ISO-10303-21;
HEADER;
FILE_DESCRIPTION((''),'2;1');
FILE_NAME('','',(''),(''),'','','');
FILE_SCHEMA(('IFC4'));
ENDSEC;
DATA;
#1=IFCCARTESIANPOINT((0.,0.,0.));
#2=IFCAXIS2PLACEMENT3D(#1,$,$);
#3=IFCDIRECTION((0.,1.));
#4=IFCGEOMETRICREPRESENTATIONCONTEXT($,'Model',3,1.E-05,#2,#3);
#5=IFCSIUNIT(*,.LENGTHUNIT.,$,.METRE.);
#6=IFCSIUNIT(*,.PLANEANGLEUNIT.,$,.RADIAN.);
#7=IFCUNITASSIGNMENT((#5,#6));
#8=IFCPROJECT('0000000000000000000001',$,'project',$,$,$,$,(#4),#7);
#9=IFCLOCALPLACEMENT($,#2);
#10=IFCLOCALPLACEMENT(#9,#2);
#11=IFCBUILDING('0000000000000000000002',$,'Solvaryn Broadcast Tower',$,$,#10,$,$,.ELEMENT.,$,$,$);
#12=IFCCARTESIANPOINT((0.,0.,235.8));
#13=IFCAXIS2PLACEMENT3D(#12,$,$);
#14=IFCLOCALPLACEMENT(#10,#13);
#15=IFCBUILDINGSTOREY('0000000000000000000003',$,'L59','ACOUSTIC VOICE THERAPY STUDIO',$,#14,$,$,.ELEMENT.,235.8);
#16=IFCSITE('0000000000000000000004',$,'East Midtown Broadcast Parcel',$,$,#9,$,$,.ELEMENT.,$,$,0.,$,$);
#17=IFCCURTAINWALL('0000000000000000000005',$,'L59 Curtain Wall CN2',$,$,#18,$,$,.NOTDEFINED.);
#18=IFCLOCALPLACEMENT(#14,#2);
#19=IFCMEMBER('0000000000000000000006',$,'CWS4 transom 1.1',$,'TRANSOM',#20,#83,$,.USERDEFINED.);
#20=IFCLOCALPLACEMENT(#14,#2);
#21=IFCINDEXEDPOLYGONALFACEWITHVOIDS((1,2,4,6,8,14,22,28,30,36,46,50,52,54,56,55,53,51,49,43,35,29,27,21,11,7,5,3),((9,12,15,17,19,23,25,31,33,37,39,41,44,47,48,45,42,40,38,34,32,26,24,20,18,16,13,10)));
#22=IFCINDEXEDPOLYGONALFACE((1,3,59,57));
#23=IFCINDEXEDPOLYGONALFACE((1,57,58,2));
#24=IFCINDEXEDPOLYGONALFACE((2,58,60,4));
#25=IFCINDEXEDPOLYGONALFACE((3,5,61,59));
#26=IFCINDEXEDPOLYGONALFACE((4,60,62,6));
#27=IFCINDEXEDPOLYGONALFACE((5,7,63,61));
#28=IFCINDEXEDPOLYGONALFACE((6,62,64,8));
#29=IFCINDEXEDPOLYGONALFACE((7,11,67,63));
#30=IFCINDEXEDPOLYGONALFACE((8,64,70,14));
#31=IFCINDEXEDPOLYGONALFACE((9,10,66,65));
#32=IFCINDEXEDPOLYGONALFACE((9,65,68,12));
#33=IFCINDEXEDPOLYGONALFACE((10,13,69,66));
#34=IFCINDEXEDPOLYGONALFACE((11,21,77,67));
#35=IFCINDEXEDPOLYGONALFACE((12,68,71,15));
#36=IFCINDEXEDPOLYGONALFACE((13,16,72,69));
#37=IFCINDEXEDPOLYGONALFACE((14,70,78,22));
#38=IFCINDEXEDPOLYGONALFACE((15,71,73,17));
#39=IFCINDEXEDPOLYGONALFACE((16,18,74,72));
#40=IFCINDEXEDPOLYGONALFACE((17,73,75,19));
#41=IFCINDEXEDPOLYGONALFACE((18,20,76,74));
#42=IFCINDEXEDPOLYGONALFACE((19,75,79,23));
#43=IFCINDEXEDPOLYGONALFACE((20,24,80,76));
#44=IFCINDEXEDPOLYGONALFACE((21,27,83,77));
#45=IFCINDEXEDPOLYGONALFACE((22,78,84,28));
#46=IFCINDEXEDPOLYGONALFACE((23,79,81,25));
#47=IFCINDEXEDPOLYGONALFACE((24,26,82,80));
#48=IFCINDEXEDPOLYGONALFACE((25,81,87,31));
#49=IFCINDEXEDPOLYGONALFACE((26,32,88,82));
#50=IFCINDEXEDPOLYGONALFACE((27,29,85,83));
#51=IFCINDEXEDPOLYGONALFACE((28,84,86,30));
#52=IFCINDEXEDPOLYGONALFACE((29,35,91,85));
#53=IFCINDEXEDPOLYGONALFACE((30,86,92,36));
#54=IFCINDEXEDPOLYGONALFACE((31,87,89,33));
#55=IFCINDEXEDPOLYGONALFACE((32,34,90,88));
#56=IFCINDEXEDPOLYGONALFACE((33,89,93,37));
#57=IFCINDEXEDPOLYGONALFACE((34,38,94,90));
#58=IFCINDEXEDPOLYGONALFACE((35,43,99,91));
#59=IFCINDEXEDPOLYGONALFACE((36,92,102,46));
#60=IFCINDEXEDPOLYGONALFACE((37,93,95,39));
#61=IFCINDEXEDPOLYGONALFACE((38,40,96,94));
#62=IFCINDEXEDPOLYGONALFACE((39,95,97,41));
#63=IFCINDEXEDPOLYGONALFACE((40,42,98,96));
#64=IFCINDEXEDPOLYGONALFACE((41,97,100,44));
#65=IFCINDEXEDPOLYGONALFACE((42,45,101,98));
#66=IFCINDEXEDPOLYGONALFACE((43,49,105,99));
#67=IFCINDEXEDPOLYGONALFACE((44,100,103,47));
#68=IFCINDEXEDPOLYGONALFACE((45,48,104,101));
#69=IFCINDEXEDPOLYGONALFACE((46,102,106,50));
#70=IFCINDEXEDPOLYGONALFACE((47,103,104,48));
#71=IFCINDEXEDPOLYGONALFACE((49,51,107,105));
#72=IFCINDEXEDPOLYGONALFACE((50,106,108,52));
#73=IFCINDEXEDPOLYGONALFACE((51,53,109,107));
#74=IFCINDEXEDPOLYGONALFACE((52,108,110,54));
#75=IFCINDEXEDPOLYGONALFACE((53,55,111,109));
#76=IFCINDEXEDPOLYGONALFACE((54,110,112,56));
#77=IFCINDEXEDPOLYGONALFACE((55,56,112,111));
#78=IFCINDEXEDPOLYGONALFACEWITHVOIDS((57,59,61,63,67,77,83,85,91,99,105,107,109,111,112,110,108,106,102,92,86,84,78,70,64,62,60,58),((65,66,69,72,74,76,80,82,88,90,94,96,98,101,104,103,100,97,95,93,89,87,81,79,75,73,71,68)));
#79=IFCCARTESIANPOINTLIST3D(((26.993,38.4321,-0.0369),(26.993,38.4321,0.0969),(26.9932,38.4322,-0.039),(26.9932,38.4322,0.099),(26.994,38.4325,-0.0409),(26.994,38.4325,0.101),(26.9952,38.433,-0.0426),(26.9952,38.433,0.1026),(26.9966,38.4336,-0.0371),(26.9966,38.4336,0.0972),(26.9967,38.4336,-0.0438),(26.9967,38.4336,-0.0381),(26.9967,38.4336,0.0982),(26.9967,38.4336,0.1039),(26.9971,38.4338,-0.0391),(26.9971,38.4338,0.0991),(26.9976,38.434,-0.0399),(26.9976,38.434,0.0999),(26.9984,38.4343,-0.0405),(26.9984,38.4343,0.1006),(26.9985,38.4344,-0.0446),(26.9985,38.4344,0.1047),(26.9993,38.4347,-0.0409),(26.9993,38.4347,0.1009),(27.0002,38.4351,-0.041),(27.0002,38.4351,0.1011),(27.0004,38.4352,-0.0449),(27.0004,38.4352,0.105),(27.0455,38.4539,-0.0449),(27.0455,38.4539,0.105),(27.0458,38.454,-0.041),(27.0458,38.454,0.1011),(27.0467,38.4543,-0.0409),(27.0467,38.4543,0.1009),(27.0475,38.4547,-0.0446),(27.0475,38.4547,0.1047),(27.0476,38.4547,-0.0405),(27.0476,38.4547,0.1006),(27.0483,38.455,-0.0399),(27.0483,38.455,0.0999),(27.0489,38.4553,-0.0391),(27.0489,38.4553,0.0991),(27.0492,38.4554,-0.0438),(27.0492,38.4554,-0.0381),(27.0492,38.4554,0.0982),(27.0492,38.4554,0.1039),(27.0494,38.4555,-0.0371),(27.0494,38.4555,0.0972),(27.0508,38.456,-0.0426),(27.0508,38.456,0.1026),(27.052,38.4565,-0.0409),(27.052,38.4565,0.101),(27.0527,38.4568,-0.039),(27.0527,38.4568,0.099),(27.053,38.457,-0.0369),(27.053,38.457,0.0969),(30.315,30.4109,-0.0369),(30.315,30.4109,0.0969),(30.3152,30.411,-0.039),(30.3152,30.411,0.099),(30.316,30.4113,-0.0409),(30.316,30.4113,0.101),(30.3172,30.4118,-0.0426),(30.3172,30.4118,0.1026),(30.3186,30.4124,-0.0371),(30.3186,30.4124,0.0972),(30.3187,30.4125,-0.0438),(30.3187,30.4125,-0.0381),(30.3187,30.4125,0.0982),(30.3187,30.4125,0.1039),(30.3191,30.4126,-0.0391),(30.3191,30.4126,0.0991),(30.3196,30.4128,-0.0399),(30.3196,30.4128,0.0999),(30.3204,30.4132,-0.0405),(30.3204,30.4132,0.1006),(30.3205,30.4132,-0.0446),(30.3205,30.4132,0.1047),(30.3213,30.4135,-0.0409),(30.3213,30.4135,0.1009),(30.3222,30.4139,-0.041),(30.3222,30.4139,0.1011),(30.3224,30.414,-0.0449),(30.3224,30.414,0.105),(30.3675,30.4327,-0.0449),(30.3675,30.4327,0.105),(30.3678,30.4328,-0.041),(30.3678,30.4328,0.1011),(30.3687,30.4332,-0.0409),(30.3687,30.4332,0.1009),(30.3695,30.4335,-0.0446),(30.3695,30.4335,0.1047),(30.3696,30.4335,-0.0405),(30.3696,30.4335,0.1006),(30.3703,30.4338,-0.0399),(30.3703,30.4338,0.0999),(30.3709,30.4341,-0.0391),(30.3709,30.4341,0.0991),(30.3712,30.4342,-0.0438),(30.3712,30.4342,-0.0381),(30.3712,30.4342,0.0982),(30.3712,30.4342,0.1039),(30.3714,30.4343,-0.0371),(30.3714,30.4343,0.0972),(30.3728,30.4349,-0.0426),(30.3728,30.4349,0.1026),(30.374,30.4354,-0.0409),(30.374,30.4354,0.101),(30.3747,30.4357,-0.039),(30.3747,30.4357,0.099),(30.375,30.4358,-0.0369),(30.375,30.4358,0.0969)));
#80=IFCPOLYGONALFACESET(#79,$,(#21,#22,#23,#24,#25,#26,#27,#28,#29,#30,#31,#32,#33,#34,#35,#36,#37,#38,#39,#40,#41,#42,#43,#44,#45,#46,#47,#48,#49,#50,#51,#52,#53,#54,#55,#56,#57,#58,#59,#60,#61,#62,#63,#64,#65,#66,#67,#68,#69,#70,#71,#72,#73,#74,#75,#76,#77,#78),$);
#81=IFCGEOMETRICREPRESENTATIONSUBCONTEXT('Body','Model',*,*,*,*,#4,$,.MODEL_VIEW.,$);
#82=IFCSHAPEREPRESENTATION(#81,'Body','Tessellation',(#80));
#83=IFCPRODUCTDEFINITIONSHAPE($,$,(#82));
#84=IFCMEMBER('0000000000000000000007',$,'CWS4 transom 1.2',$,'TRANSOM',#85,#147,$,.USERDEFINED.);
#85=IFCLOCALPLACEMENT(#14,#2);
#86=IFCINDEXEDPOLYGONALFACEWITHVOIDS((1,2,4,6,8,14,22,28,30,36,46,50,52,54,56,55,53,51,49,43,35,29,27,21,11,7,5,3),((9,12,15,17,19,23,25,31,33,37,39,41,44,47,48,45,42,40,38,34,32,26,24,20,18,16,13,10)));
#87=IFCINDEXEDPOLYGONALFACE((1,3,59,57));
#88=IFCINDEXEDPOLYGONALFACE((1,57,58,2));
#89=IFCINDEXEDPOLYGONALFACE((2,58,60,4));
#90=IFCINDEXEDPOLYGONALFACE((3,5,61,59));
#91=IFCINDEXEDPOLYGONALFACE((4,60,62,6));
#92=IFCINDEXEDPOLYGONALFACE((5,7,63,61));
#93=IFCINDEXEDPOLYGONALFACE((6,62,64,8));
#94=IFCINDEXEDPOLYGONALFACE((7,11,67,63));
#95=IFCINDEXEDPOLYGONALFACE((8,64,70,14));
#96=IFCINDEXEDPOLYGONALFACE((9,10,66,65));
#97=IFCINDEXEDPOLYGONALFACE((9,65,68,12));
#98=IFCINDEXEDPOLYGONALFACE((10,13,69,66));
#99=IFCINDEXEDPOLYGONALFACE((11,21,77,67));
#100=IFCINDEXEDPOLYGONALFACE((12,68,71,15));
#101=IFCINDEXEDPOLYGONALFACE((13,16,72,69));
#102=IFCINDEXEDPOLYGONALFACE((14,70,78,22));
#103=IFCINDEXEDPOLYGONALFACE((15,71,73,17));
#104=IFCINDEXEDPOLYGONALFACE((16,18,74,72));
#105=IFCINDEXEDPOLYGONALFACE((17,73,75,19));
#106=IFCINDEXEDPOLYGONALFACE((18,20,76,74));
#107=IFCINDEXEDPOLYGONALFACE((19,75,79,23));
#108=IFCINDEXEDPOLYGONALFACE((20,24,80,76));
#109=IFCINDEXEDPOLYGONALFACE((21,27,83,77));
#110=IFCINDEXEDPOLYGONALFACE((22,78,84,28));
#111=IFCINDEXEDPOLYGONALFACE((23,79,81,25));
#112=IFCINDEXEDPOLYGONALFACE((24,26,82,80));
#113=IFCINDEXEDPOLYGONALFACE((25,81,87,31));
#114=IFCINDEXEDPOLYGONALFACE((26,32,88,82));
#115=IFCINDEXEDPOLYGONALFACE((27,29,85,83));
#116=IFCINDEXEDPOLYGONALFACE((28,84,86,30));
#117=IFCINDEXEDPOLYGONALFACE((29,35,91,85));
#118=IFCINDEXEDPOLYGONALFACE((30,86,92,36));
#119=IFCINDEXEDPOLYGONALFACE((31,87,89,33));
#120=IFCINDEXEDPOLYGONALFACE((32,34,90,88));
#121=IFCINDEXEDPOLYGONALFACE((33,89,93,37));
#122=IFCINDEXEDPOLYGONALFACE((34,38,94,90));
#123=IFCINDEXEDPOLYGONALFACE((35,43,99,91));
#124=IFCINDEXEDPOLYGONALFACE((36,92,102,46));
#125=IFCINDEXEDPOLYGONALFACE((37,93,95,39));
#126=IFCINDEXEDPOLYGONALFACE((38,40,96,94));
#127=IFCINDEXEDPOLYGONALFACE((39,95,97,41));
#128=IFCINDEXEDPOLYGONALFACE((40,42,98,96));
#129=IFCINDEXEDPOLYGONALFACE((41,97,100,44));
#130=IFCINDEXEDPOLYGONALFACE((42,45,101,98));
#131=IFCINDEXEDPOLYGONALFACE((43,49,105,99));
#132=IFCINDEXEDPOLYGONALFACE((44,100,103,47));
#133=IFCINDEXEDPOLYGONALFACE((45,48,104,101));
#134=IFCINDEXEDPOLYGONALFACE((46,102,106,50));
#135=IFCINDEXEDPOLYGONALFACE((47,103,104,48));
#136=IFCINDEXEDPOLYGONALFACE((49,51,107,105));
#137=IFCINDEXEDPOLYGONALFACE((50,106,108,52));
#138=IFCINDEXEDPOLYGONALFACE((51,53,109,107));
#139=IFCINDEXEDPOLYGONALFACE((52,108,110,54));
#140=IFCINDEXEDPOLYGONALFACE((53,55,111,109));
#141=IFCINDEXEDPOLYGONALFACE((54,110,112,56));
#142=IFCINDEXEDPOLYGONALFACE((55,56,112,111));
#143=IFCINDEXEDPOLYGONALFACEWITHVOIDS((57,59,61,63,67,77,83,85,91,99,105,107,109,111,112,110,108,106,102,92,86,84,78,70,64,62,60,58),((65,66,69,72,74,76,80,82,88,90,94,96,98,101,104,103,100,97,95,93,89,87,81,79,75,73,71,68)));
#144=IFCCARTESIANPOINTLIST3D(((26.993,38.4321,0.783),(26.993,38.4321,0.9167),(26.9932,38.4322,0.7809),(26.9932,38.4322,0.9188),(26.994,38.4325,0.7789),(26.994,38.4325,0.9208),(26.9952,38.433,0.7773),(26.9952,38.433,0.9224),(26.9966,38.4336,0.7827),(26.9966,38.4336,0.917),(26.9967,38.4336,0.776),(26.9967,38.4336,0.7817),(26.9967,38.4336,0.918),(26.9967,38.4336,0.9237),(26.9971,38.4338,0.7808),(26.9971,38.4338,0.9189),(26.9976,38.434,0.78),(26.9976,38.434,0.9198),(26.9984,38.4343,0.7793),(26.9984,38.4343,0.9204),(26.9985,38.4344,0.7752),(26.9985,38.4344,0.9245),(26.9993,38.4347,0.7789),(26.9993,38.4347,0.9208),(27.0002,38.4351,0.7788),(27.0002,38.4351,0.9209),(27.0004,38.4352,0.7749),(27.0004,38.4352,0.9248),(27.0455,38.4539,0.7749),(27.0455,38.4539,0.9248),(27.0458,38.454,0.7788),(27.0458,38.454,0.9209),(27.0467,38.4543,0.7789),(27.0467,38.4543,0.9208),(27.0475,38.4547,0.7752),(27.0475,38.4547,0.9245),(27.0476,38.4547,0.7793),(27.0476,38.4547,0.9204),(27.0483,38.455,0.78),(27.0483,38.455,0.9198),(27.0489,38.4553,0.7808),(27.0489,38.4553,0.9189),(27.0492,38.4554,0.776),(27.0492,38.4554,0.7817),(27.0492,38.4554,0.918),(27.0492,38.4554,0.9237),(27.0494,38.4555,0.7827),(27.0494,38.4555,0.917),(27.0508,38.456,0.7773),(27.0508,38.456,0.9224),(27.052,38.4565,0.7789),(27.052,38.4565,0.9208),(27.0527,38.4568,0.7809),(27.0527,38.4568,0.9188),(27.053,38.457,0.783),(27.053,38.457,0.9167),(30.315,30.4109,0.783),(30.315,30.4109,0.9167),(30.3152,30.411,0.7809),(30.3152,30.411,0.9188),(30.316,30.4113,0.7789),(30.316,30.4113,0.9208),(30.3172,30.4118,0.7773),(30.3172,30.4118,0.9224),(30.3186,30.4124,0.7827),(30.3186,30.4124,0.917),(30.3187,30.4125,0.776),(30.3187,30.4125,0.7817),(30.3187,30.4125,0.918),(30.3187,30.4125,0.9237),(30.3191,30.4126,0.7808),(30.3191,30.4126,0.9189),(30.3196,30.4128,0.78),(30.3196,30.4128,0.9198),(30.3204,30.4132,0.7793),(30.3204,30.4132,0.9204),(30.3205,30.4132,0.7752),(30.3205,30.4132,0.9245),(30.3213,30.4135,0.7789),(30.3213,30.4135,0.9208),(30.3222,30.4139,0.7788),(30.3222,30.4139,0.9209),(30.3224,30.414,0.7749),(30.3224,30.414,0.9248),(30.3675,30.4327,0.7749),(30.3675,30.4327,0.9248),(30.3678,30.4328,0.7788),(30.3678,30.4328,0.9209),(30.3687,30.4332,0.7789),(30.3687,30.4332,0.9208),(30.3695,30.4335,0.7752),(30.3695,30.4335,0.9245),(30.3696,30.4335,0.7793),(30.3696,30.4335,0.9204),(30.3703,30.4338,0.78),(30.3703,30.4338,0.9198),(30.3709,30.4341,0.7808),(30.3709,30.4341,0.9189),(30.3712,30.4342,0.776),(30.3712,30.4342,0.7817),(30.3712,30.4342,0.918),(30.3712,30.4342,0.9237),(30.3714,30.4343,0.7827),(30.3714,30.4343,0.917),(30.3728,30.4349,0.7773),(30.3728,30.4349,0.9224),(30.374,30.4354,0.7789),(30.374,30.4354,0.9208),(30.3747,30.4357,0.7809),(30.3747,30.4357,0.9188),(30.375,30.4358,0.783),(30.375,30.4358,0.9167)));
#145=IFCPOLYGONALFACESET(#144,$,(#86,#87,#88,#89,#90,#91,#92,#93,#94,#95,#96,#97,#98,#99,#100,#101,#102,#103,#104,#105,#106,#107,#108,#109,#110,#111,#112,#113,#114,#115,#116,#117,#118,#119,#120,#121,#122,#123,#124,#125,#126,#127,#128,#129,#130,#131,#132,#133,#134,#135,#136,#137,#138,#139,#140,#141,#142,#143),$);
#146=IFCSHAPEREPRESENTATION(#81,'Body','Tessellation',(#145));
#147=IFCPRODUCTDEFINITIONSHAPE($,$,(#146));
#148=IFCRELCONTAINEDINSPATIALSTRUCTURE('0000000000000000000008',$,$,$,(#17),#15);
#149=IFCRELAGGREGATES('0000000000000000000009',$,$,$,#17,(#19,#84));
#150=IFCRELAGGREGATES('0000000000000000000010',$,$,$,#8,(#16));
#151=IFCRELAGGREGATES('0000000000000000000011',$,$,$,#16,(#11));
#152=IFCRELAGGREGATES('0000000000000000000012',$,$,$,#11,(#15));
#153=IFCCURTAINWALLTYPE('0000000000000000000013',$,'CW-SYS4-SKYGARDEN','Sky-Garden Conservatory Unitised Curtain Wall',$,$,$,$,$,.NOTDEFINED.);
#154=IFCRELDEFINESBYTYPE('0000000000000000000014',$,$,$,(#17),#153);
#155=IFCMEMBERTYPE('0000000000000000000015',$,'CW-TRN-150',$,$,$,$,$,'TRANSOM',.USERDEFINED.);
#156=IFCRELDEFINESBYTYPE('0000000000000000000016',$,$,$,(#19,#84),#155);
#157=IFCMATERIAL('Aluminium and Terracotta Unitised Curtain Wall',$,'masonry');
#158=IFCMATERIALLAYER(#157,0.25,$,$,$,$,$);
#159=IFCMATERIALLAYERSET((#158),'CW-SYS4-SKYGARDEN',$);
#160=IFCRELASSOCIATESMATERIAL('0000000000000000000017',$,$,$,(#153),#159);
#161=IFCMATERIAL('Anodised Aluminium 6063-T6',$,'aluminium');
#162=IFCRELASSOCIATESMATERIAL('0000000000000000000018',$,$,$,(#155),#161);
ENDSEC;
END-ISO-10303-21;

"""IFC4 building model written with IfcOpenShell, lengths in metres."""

from ifc_helpers import new_model, si_unit, direction, frame, origin, origin_2d, place, context, subcontext, project, spatial, hollow_rectangle, extrude, material, layer, layer_set, material_profile, profile_set, type_object, element, aggregate, save


model = new_model("IFC4")

# Units and contexts
model_context = context("Model", 3, precision=1e-05, world=origin(), true_north=direction((0.0, 1.0)))
body_context = subcontext(model_context, "Body", "Model", "MODEL_VIEW")
ifc_project = project(units=[si_unit("LENGTHUNIT", "METRE"), si_unit("PLANEANGLEUNIT", "RADIAN")], contexts=[model_context])

# Site, building, storey
site_placement = place(None, origin())
site = spatial("IfcSite", under=ifc_project, at=site_placement, Name="East Midtown Broadcast Parcel", CompositionType="ELEMENT", RefElevation=0.0)
building_placement = place(site_placement, origin())
building = spatial("IfcBuilding", under=site, at=building_placement, Name="Solvaryn Broadcast Tower", CompositionType="ELEMENT")
storey_placement = place(building_placement, frame((0.0, 0.0, 235.8)))
storey = spatial("IfcBuildingStorey", under=building, at=storey_placement, Name="L59", Description="ACOUSTIC VOICE THERAPY STUDIO", CompositionType="ELEMENT", Elevation=235.8)

# Shared definitions
ifc_material_1 = material(Name="Aluminium and Terracotta Unitised Curtain Wall", Category="masonry")
ifc_layer_1 = layer(ifc_material_1, 0.25)
ifc_layer_set_1 = layer_set([ifc_layer_1], Name="CW-SYS4-SKYGARDEN")
curtain_wall_type = type_object("IfcCurtainWallType", Name="CW-SYS4-SKYGARDEN", Description="Sky-Garden Conservatory Unitised Curtain Wall", PredefinedType="NOTDEFINED", material=ifc_layer_set_1)

# Curtain wall, members
curtain_wall_1_placement = place(storey_placement, origin())
curtain_wall_1 = element("IfcCurtainWall", 1, at=curtain_wall_1_placement, inside=storey, type_object=curtain_wall_type, Name="L59 Curtain Wall CN2", PredefinedType="NOTDEFINED")
ifc_material_2 = material(Name="Anodised Aluminium 6063-T6", Category="aluminium")
ifc_material_profile_1 = material_profile(ifc_material_2, hollow_rectangle(XDim=0.0649, YDim=0.1499, WallThickness=0.0039, InnerFilletRadius=0.0039, OuterFilletRadius=0.0081, at=origin_2d()))
ifc_profile_set_1 = profile_set([ifc_material_profile_1], Name="Anodised Aluminium 6063-T6")
member_type_1 = type_object("IfcMemberType", Name="CW-TRN-150", ElementType="TRANSOM", PredefinedType="USERDEFINED", material=ifc_profile_set_1)
member_1_placement = place(storey_placement, frame((30.345, 30.4233, 0.03), z_axis=(-0.382636, 0.923899, 0.0), x_axis=(-0.923899, -0.382636, 0.0)))
member_1 = element("IfcMember", 2, at=member_1_placement, type_object=member_type_1, Name="CWS4 transom 1.1", ObjectType="TRANSOM", PredefinedType="USERDEFINED", context=body_context, shape_type="SweptSolid", body=[
    extrude(hollow_rectangle(XDim=0.0649, YDim=0.1499, WallThickness=0.0039, InnerFilletRadius=0.0039, OuterFilletRadius=0.0081, at=origin_2d()), origin(), (0.0, 0.0, 1.0), 8.6819),
])
member_2_placement = place(storey_placement, frame((30.345, 30.4233, 0.8499), z_axis=(-0.382636, 0.923899, 0.0), x_axis=(-0.923899, -0.382636, 0.0)))
member_2 = element("IfcMember", 3, at=member_2_placement, type_object=member_type_1, Name="CWS4 transom 1.2", ObjectType="TRANSOM", PredefinedType="USERDEFINED", context=body_context, shape_type="SweptSolid", body=[
    extrude(hollow_rectangle(XDim=0.0649, YDim=0.1499, WallThickness=0.0039, InnerFilletRadius=0.0039, OuterFilletRadius=0.0081, at=origin_2d()), origin(), (0.0, 0.0, 1.0), 8.6819),
])
aggregate(curtain_wall_1, [member_1, member_2])

save(model, "model.ifc")
